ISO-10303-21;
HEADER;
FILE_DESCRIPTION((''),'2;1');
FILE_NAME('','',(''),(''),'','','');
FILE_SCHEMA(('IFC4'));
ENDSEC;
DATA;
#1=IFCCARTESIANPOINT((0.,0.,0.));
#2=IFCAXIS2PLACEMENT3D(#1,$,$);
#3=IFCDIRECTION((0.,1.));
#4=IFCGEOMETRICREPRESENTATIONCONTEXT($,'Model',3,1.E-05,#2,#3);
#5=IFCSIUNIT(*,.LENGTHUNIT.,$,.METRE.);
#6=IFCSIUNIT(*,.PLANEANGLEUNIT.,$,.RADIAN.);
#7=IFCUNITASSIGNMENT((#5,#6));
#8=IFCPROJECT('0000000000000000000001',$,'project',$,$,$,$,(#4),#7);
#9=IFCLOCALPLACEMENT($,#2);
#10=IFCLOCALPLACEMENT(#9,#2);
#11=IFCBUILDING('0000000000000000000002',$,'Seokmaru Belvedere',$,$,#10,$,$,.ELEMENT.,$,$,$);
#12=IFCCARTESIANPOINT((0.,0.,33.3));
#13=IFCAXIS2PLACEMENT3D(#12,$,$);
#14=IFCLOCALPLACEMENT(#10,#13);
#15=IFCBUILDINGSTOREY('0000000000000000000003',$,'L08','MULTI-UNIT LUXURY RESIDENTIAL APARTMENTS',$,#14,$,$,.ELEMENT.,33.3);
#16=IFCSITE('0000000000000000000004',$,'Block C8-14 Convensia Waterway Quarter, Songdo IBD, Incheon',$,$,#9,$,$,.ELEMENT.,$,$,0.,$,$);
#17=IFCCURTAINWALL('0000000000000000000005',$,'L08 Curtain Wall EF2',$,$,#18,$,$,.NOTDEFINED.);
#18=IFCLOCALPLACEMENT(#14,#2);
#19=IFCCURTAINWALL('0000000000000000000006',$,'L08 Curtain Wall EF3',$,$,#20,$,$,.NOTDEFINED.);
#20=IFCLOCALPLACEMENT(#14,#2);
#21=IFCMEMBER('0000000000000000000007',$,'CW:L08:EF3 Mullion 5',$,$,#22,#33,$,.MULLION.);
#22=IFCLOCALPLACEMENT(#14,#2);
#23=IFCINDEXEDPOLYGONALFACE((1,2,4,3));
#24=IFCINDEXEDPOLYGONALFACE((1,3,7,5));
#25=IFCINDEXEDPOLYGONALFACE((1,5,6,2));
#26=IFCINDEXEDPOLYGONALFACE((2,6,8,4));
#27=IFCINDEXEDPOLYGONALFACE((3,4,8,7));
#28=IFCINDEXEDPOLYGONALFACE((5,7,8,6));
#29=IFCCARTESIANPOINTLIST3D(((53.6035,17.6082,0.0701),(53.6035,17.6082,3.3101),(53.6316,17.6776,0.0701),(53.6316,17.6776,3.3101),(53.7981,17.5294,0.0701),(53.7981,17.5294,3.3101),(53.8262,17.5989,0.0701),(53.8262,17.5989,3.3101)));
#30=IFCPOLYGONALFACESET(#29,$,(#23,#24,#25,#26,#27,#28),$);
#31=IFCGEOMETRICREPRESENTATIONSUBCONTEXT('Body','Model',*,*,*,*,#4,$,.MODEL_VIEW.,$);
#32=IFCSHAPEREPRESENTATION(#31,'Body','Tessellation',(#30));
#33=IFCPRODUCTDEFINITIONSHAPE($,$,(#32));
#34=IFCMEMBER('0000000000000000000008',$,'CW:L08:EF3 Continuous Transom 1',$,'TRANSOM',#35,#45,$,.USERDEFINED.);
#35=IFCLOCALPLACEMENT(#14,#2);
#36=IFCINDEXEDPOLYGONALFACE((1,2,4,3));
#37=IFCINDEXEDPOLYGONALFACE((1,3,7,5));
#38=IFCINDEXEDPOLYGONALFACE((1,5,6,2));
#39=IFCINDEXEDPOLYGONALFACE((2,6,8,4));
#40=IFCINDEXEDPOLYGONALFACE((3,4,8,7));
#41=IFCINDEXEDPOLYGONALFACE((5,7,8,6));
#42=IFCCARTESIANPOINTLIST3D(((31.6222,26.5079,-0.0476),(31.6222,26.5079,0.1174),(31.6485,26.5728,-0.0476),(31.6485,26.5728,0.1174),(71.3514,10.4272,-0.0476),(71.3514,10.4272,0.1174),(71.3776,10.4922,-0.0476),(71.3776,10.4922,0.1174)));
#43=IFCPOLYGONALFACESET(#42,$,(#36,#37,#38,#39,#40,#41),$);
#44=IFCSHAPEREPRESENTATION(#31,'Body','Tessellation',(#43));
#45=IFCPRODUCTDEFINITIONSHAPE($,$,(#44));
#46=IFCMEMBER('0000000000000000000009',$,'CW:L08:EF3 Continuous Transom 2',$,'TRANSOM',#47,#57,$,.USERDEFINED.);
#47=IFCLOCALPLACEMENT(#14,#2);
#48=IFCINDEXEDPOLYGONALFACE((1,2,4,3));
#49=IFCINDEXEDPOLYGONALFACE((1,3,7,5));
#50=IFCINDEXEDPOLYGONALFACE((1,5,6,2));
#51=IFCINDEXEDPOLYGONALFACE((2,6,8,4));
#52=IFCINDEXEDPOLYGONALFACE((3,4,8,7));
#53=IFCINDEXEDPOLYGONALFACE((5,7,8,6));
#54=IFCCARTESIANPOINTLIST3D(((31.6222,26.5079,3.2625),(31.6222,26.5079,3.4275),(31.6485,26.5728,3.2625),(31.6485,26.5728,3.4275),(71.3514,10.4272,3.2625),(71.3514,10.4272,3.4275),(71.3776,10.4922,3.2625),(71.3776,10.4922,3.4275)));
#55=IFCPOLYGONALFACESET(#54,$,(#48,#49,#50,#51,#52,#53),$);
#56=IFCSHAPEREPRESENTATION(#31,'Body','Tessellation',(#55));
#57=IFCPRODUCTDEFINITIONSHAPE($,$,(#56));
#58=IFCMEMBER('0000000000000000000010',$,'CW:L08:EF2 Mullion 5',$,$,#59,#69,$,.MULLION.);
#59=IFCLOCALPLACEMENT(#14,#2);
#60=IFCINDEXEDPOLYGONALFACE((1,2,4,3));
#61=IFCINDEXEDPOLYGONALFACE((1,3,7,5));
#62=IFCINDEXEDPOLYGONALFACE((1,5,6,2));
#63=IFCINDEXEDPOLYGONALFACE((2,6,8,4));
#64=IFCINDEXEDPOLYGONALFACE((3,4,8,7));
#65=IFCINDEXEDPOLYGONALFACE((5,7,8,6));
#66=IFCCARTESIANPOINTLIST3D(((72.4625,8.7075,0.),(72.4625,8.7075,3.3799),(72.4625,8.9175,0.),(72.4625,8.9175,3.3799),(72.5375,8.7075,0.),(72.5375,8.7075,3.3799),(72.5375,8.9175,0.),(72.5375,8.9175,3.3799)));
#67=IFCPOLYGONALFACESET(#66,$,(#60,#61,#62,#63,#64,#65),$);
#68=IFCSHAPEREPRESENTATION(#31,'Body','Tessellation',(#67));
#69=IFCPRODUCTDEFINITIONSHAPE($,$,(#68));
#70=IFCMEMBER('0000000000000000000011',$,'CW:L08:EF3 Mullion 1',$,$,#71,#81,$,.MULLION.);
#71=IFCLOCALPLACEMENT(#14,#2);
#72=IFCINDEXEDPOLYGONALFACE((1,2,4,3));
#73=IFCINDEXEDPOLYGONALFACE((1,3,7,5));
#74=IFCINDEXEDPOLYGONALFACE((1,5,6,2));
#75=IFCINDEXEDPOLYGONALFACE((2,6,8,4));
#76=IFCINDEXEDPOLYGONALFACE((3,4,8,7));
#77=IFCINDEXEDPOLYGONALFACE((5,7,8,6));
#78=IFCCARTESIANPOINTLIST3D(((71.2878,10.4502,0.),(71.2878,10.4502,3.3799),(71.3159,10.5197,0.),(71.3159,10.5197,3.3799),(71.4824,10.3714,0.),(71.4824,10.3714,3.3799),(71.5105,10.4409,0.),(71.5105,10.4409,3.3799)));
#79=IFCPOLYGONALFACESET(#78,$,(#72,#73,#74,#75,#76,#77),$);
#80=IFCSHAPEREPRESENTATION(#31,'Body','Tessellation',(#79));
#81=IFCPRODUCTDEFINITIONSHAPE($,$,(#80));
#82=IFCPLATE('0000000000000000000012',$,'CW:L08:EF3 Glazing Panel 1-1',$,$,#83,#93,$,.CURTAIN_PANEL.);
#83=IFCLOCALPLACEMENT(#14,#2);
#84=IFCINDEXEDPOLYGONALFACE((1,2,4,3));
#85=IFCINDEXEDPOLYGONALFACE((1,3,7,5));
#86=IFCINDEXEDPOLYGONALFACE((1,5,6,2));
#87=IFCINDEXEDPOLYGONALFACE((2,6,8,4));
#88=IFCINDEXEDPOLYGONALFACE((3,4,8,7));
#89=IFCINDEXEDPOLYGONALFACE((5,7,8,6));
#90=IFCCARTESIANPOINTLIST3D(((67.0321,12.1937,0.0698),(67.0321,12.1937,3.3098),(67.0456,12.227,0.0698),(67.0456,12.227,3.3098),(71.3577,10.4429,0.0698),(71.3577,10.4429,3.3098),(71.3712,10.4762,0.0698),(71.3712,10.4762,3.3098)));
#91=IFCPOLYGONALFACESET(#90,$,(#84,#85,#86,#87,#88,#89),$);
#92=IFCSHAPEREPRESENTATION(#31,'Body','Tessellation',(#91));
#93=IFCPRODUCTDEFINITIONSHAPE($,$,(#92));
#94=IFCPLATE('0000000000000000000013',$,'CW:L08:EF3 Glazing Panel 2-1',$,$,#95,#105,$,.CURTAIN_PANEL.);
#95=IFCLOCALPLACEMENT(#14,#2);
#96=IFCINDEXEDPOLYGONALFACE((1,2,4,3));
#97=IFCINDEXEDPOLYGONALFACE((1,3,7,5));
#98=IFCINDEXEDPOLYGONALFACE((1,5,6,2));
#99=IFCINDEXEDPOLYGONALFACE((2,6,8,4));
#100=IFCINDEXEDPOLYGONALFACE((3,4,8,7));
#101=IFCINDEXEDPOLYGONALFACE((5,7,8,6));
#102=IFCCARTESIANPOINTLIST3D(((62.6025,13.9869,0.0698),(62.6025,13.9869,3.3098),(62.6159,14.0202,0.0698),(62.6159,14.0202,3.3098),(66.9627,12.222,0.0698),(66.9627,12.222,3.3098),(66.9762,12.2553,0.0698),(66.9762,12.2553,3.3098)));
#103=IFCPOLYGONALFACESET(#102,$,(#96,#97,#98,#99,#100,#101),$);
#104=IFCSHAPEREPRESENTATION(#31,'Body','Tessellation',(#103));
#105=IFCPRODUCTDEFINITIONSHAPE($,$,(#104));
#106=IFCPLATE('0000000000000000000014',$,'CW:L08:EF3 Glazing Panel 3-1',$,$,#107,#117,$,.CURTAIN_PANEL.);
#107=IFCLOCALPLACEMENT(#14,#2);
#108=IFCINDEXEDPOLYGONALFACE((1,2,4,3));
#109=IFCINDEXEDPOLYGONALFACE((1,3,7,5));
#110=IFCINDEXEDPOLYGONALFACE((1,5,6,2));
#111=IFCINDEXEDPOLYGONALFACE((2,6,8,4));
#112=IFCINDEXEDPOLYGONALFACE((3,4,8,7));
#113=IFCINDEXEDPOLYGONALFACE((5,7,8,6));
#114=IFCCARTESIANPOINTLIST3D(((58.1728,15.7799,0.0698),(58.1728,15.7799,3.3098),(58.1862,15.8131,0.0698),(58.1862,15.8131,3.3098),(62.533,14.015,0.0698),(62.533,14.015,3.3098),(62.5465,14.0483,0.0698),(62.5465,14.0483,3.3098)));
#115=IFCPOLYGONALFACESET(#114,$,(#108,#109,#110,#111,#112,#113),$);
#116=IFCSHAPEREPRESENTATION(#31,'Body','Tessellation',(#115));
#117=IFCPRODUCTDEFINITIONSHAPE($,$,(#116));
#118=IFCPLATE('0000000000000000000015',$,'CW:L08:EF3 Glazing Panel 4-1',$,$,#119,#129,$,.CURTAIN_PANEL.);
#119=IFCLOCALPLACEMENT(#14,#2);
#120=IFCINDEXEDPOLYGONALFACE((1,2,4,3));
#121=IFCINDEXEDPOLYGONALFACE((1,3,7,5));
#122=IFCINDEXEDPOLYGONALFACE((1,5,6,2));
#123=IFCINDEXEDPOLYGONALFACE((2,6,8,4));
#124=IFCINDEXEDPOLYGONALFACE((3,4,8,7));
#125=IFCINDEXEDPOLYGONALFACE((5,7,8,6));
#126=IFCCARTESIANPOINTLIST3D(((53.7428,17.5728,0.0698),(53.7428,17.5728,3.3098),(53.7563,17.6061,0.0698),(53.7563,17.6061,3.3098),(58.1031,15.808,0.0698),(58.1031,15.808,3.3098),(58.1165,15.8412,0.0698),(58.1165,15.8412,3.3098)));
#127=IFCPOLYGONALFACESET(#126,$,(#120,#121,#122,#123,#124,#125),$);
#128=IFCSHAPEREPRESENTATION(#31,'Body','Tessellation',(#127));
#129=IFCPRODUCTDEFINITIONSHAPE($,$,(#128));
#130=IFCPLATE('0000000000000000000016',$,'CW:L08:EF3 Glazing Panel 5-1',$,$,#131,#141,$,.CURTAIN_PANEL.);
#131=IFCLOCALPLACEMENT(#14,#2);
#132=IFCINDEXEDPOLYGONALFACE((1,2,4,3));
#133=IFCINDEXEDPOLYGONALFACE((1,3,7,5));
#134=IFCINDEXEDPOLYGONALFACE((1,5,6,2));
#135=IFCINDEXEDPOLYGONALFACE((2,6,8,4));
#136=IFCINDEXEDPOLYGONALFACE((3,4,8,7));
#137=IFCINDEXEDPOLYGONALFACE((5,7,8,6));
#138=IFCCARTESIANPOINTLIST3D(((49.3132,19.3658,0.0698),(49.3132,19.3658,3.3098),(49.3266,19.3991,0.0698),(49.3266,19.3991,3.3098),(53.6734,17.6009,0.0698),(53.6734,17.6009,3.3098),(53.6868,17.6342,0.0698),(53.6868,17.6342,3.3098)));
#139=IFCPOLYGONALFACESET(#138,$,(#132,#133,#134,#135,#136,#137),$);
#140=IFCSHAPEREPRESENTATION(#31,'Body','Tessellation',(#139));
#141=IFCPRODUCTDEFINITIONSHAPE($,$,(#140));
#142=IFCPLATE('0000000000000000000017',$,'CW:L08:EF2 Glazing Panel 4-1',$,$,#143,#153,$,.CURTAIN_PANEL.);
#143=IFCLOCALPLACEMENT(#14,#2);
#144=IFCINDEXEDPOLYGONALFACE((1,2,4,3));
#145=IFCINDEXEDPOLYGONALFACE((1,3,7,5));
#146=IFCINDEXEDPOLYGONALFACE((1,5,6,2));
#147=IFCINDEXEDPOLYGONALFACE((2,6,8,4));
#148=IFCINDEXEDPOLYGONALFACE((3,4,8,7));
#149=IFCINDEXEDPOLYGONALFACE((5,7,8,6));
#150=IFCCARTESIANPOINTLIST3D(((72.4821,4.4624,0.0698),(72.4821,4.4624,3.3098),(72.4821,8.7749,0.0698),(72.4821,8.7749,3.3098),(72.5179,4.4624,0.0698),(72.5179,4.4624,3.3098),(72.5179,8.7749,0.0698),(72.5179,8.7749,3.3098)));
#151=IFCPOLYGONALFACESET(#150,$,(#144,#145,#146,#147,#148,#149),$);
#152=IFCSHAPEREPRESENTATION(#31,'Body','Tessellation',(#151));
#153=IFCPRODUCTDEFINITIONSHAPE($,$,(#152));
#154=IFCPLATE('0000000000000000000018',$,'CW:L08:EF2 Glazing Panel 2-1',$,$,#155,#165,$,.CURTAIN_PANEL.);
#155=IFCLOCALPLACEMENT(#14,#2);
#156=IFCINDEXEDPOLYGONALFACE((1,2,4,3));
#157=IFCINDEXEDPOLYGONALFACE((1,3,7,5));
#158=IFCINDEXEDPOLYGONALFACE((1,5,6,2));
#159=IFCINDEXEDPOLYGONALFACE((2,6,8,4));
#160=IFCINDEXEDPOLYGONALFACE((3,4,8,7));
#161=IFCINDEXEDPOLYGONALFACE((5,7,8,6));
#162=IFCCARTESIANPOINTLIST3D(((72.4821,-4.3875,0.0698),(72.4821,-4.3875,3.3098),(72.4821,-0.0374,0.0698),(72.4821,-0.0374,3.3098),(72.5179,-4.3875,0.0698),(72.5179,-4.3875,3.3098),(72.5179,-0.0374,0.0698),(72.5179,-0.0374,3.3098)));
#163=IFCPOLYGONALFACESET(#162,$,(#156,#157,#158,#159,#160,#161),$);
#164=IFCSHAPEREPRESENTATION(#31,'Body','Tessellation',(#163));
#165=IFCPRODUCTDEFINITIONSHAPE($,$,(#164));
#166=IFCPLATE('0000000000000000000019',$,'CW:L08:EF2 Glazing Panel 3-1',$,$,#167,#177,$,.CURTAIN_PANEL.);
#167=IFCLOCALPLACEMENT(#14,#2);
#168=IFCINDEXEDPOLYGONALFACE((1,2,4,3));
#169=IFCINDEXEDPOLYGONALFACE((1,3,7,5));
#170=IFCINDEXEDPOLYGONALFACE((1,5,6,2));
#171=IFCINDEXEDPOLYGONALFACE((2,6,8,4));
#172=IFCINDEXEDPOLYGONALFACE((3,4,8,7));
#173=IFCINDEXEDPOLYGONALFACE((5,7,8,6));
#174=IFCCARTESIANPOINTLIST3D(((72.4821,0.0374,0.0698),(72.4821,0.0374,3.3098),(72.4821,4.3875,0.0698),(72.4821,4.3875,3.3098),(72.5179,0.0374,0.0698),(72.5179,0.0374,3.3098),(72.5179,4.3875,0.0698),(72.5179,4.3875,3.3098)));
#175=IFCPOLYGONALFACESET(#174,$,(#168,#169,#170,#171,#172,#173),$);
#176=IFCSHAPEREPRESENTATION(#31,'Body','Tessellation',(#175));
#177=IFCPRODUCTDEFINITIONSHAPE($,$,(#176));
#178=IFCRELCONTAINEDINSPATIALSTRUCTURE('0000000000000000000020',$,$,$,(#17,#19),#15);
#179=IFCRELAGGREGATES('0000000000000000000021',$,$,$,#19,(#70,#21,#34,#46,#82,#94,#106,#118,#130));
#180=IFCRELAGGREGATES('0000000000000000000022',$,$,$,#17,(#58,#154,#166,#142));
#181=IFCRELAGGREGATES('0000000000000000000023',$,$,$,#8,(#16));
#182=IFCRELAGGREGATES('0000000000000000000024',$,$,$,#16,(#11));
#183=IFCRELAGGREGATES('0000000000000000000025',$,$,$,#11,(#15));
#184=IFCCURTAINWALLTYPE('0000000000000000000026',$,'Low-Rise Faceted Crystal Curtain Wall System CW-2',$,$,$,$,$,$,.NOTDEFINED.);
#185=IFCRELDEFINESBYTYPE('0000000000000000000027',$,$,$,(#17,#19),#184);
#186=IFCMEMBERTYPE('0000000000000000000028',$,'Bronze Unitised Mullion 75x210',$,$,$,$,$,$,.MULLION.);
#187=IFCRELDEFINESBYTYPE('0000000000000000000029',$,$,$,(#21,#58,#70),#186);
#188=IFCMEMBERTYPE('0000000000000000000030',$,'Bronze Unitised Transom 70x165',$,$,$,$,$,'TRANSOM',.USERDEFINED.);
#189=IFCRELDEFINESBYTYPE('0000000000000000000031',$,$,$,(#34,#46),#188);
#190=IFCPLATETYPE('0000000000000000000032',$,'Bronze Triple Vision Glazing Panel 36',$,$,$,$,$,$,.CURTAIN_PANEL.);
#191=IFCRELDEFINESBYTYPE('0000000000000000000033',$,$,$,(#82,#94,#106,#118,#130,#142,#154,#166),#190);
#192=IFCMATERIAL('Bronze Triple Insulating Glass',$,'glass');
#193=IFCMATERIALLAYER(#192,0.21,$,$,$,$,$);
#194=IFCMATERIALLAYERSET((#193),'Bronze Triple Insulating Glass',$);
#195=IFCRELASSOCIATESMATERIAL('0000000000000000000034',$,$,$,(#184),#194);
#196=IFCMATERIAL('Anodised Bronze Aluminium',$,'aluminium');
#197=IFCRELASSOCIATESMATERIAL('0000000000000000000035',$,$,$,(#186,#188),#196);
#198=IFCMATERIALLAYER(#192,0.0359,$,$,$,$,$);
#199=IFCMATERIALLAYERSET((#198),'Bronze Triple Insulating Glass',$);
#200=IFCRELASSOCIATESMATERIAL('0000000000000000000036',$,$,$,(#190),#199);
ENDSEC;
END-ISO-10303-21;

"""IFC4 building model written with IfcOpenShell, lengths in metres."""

from ifc_helpers import new_model, si_unit, direction, frame, origin, origin_2d, place, context, subcontext, project, spatial, rectangle, extrude, source, transform, mapped, material, layer, layer_set, material_profile, profile_set, type_object, type_shapes, element, aggregate, save


model = new_model("IFC4")

# Units and contexts
model_context = context("Model", 3, precision=1e-05, world=origin(), true_north=direction((0.0, 1.0)))
body_context = subcontext(model_context, "Body", "Model", "MODEL_VIEW")
ifc_project = project(units=[si_unit("LENGTHUNIT", "METRE"), si_unit("PLANEANGLEUNIT", "RADIAN")], contexts=[model_context])

# Site, building, storey
site_placement = place(None, origin())
site = spatial("IfcSite", under=ifc_project, at=site_placement, Name="Block C8-14 Convensia Waterway Quarter, Songdo IBD, Incheon", CompositionType="ELEMENT", RefElevation=0.0)
building_placement = place(site_placement, origin())
building = spatial("IfcBuilding", under=site, at=building_placement, Name="Seokmaru Belvedere", CompositionType="ELEMENT")
storey_placement = place(building_placement, frame((0.0, 0.0, 33.3)))
storey = spatial("IfcBuildingStorey", under=building, at=storey_placement, Name="L08", Description="MULTI-UNIT LUXURY RESIDENTIAL APARTMENTS", CompositionType="ELEMENT", Elevation=33.3)

# Curtain walls, members
ifc_material_1 = material(Name="Bronze Triple Insulating Glass", Category="glass")
ifc_layer_1 = layer(ifc_material_1, 0.21)
ifc_layer_set_1 = layer_set([ifc_layer_1], Name="Bronze Triple Insulating Glass")
curtain_wall_type = type_object("IfcCurtainWallType", Name="Low-Rise Faceted Crystal Curtain Wall System CW-2", PredefinedType="NOTDEFINED", material=ifc_layer_set_1)
curtain_wall_1_placement = place(storey_placement, origin())
curtain_wall_1 = element("IfcCurtainWall", 1, at=curtain_wall_1_placement, inside=storey, type_object=curtain_wall_type, Name="L08 Curtain Wall EF2", PredefinedType="NOTDEFINED")
ifc_material_2 = material(Name="Anodised Bronze Aluminium", Category="aluminium")
ifc_material_profile_1 = material_profile(ifc_material_2, rectangle(XDim=0.075, YDim=0.21, at=origin_2d()), Name="CW-M-75x210")
ifc_profile_set_1 = profile_set([ifc_material_profile_1], Name="Anodised Bronze Aluminium")
member_type_1 = type_object("IfcMemberType", Name="Bronze Unitised Mullion 75x210", PredefinedType="MULLION", material=ifc_profile_set_1)
shared_shape_1 = source(origin(), body_context, "Body", "SweptSolid", [
    extrude(rectangle(XDim=0.075, YDim=0.21, at=origin_2d()), origin(), (0.0, 0.0, 1.0), 3.24),
])
curtain_wall_2_placement = place(storey_placement, origin())
curtain_wall_2 = element("IfcCurtainWall", 2, at=curtain_wall_2_placement, inside=storey, type_object=curtain_wall_type, Name="L08 Curtain Wall EF3", PredefinedType="NOTDEFINED")
member_1_placement = place(storey_placement, frame((53.7148, 17.6035, 0.0701), z_axis=(0.0, 0.0, 1.0), x_axis=(-0.375192, -0.926947, 0.0)))
member_1 = element("IfcMember", 3, at=member_1_placement, type_object=member_type_1, Name="CW:L08:EF3 Mullion 5", PredefinedType="MULLION", context=body_context, shape_type="MappedRepresentation", body=[
    mapped(shared_shape_1, transform((0.0, 0.0, 0.0), scale=1.0)),
])
ifc_material_profile_2 = material_profile(ifc_material_2, rectangle(XDim=0.0701, YDim=0.165, at=origin_2d()), Name="CW-T-70x165")
ifc_profile_set_2 = profile_set([ifc_material_profile_2], Name="Anodised Bronze Aluminium")
member_type_2 = type_object("IfcMemberType", Name="Bronze Unitised Transom 70x165", ElementType="TRANSOM", PredefinedType="USERDEFINED", material=ifc_profile_set_2)
shared_shape_2 = source(origin(), body_context, "Body", "SweptSolid", [
    extrude(rectangle(XDim=0.0701, YDim=0.165, at=origin_2d()), origin(), (0.0, 0.0, 1.0), 42.8601),
])
type_shapes(member_type_2, [shared_shape_2])
member_2_placement = place(storey_placement, frame((71.3645, 10.4597, 0.0349), z_axis=(-0.926949, 0.375188, 0.0), x_axis=(-0.375188, -0.926949, 0.0)))
member_2 = element("IfcMember", 4, at=member_2_placement, type_object=member_type_2, Name="CW:L08:EF3 Continuous Transom 1", ObjectType="TRANSOM", PredefinedType="USERDEFINED", context=body_context, shape_type="MappedRepresentation", body=[
    mapped(shared_shape_2, transform((0.0, 0.0, 0.0), scale=1.0)),
])
member_3_placement = place(storey_placement, frame((71.3645, 10.4597, 3.345), z_axis=(-0.926949, 0.375188, 0.0), x_axis=(-0.375188, -0.926949, 0.0)))
member_3 = element("IfcMember", 5, at=member_3_placement, type_object=member_type_2, Name="CW:L08:EF3 Continuous Transom 2", ObjectType="TRANSOM", PredefinedType="USERDEFINED", context=body_context, shape_type="MappedRepresentation", body=[
    mapped(shared_shape_2, transform((0.0, 0.0, 0.0), scale=1.0)),
])

# Members
shared_shape_3 = source(origin(), body_context, "Body", "SweptSolid", [
    extrude(rectangle(XDim=0.075, YDim=0.21, at=origin_2d()), origin(), (0.0, 0.0, 1.0), 3.3799),
])
type_shapes(member_type_1, [shared_shape_1, shared_shape_3])
member_4_placement = place(storey_placement, frame((72.5, 8.8125, 0.0), z_axis=(0.0, 0.0, 1.0), x_axis=(-1.0, 0.0, 0.0)))
member_4 = element("IfcMember", 6, at=member_4_placement, type_object=member_type_1, Name="CW:L08:EF2 Mullion 5", PredefinedType="MULLION", context=body_context, shape_type="MappedRepresentation", body=[
    mapped(shared_shape_3, transform((0.0, 0.0, 0.0), scale=1.0)),
])
member_5_placement = place(storey_placement, frame((71.3992, 10.4456, 0.0), z_axis=(0.0, 0.0, 1.0), x_axis=(-0.375192, -0.926947, 0.0)))
member_5 = element("IfcMember", 7, at=member_5_placement, type_object=member_type_1, Name="CW:L08:EF3 Mullion 1", PredefinedType="MULLION", context=body_context, shape_type="MappedRepresentation", body=[
    mapped(shared_shape_3, transform((0.0, 0.0, 0.0), scale=1.0)),
])

# Plates
ifc_layer_2 = layer(ifc_material_1, 0.0359)
ifc_layer_set_2 = layer_set([ifc_layer_2], Name="Bronze Triple Insulating Glass")
plate_type = type_object("IfcPlateType", Name="Bronze Triple Vision Glazing Panel 36", PredefinedType="CURTAIN_PANEL", material=ifc_layer_set_2)
shared_shape_4 = source(origin(), body_context, "Body", "SweptSolid", [
    extrude(rectangle(XDim=4.6665, YDim=0.0359, at=origin_2d()), origin(), (0.0, 0.0, 1.0), 3.24),
])
plate_1_placement = place(storey_placement, frame((69.2017, 11.335, 0.0698), z_axis=(0.0, 0.0, 1.0), x_axis=(-0.926947, 0.375192, 0.0)))
plate_1 = element("IfcPlate", 8, at=plate_1_placement, type_object=plate_type, Name="CW:L08:EF3 Glazing Panel 1-1", PredefinedType="CURTAIN_PANEL", context=body_context, shape_type="MappedRepresentation", body=[
    mapped(shared_shape_4, transform((0.0, 0.0, 0.0), scale=1.0)),
])
shared_shape_5 = source(origin(), body_context, "Body", "SweptSolid", [
    extrude(rectangle(XDim=4.7039, YDim=0.0359, at=origin_2d()), origin(), (0.0, 0.0, 1.0), 3.24),
])
plate_2_placement = place(storey_placement, frame((64.7893, 13.1211, 0.0698), z_axis=(0.0, 0.0, 1.0), x_axis=(-0.926947, 0.375192, 0.0)))
plate_2 = element("IfcPlate", 9, at=plate_2_placement, type_object=plate_type, Name="CW:L08:EF3 Glazing Panel 2-1", PredefinedType="CURTAIN_PANEL", context=body_context, shape_type="MappedRepresentation", body=[
    mapped(shared_shape_5, transform((0.0, 0.0, 0.0), scale=1.0)),
])
plate_3_placement = place(storey_placement, frame((60.3596, 14.9141, 0.0698), z_axis=(0.0, 0.0, 1.0), x_axis=(-0.926947, 0.375192, 0.0)))
plate_3 = element("IfcPlate", 10, at=plate_3_placement, type_object=plate_type, Name="CW:L08:EF3 Glazing Panel 3-1", PredefinedType="CURTAIN_PANEL", context=body_context, shape_type="MappedRepresentation", body=[
    mapped(shared_shape_5, transform((0.0, 0.0, 0.0), scale=1.0)),
])
plate_4_placement = place(storey_placement, frame((55.9297, 16.707, 0.0698), z_axis=(0.0, 0.0, 1.0), x_axis=(-0.926947, 0.375192, 0.0)))
plate_4 = element("IfcPlate", 11, at=plate_4_placement, type_object=plate_type, Name="CW:L08:EF3 Glazing Panel 4-1", PredefinedType="CURTAIN_PANEL", context=body_context, shape_type="MappedRepresentation", body=[
    mapped(shared_shape_5, transform((0.0, 0.0, 0.0), scale=1.0)),
])
plate_5_placement = place(storey_placement, frame((51.5, 18.5, 0.0698), z_axis=(0.0, 0.0, 1.0), x_axis=(-0.926947, 0.375192, 0.0)))
plate_5 = element("IfcPlate", 12, at=plate_5_placement, type_object=plate_type, Name="CW:L08:EF3 Glazing Panel 5-1", PredefinedType="CURTAIN_PANEL", context=body_context, shape_type="MappedRepresentation", body=[
    mapped(shared_shape_5, transform((0.0, 0.0, 0.0), scale=1.0)),
])
aggregate(curtain_wall_2, [member_5, member_1, member_2, member_3, plate_1, plate_2, plate_3, plate_4, plate_5])
shared_shape_6 = source(origin(), body_context, "Body", "SweptSolid", [
    extrude(rectangle(XDim=4.3125, YDim=0.0359, at=origin_2d()), origin(), (0.0, 0.0, 1.0), 3.24),
])
plate_6_placement = place(storey_placement, frame((72.5, 6.6187, 0.0698), z_axis=(0.0, 0.0, 1.0), x_axis=(0.0, 1.0, 0.0)))
plate_6 = element("IfcPlate", 13, at=plate_6_placement, type_object=plate_type, Name="CW:L08:EF2 Glazing Panel 4-1", PredefinedType="CURTAIN_PANEL", context=body_context, shape_type="MappedRepresentation", body=[
    mapped(shared_shape_6, transform((0.0, 0.0, 0.0), scale=1.0)),
])
shared_shape_7 = source(origin(), body_context, "Body", "SweptSolid", [
    extrude(rectangle(XDim=4.3501, YDim=0.0359, at=origin_2d()), origin(), (0.0, 0.0, 1.0), 3.24),
])
type_shapes(plate_type, [shared_shape_4, shared_shape_5, shared_shape_6, shared_shape_7])
plate_7_placement = place(storey_placement, frame((72.5, -2.2124, 0.0698), z_axis=(0.0, 0.0, 1.0), x_axis=(0.0, 1.0, 0.0)))
plate_7 = element("IfcPlate", 14, at=plate_7_placement, type_object=plate_type, Name="CW:L08:EF2 Glazing Panel 2-1", PredefinedType="CURTAIN_PANEL", context=body_context, shape_type="MappedRepresentation", body=[
    mapped(shared_shape_7, transform((0.0, 0.0, 0.0), scale=1.0)),
])
plate_8_placement = place(storey_placement, frame((72.5, 2.2124, 0.0698), z_axis=(0.0, 0.0, 1.0), x_axis=(0.0, 1.0, 0.0)))
plate_8 = element("IfcPlate", 15, at=plate_8_placement, type_object=plate_type, Name="CW:L08:EF2 Glazing Panel 3-1", PredefinedType="CURTAIN_PANEL", context=body_context, shape_type="MappedRepresentation", body=[
    mapped(shared_shape_7, transform((0.0, 0.0, 0.0), scale=1.0)),
])
aggregate(curtain_wall_1, [member_4, plate_7, plate_8, plate_6])

save(model, "model.ifc")
